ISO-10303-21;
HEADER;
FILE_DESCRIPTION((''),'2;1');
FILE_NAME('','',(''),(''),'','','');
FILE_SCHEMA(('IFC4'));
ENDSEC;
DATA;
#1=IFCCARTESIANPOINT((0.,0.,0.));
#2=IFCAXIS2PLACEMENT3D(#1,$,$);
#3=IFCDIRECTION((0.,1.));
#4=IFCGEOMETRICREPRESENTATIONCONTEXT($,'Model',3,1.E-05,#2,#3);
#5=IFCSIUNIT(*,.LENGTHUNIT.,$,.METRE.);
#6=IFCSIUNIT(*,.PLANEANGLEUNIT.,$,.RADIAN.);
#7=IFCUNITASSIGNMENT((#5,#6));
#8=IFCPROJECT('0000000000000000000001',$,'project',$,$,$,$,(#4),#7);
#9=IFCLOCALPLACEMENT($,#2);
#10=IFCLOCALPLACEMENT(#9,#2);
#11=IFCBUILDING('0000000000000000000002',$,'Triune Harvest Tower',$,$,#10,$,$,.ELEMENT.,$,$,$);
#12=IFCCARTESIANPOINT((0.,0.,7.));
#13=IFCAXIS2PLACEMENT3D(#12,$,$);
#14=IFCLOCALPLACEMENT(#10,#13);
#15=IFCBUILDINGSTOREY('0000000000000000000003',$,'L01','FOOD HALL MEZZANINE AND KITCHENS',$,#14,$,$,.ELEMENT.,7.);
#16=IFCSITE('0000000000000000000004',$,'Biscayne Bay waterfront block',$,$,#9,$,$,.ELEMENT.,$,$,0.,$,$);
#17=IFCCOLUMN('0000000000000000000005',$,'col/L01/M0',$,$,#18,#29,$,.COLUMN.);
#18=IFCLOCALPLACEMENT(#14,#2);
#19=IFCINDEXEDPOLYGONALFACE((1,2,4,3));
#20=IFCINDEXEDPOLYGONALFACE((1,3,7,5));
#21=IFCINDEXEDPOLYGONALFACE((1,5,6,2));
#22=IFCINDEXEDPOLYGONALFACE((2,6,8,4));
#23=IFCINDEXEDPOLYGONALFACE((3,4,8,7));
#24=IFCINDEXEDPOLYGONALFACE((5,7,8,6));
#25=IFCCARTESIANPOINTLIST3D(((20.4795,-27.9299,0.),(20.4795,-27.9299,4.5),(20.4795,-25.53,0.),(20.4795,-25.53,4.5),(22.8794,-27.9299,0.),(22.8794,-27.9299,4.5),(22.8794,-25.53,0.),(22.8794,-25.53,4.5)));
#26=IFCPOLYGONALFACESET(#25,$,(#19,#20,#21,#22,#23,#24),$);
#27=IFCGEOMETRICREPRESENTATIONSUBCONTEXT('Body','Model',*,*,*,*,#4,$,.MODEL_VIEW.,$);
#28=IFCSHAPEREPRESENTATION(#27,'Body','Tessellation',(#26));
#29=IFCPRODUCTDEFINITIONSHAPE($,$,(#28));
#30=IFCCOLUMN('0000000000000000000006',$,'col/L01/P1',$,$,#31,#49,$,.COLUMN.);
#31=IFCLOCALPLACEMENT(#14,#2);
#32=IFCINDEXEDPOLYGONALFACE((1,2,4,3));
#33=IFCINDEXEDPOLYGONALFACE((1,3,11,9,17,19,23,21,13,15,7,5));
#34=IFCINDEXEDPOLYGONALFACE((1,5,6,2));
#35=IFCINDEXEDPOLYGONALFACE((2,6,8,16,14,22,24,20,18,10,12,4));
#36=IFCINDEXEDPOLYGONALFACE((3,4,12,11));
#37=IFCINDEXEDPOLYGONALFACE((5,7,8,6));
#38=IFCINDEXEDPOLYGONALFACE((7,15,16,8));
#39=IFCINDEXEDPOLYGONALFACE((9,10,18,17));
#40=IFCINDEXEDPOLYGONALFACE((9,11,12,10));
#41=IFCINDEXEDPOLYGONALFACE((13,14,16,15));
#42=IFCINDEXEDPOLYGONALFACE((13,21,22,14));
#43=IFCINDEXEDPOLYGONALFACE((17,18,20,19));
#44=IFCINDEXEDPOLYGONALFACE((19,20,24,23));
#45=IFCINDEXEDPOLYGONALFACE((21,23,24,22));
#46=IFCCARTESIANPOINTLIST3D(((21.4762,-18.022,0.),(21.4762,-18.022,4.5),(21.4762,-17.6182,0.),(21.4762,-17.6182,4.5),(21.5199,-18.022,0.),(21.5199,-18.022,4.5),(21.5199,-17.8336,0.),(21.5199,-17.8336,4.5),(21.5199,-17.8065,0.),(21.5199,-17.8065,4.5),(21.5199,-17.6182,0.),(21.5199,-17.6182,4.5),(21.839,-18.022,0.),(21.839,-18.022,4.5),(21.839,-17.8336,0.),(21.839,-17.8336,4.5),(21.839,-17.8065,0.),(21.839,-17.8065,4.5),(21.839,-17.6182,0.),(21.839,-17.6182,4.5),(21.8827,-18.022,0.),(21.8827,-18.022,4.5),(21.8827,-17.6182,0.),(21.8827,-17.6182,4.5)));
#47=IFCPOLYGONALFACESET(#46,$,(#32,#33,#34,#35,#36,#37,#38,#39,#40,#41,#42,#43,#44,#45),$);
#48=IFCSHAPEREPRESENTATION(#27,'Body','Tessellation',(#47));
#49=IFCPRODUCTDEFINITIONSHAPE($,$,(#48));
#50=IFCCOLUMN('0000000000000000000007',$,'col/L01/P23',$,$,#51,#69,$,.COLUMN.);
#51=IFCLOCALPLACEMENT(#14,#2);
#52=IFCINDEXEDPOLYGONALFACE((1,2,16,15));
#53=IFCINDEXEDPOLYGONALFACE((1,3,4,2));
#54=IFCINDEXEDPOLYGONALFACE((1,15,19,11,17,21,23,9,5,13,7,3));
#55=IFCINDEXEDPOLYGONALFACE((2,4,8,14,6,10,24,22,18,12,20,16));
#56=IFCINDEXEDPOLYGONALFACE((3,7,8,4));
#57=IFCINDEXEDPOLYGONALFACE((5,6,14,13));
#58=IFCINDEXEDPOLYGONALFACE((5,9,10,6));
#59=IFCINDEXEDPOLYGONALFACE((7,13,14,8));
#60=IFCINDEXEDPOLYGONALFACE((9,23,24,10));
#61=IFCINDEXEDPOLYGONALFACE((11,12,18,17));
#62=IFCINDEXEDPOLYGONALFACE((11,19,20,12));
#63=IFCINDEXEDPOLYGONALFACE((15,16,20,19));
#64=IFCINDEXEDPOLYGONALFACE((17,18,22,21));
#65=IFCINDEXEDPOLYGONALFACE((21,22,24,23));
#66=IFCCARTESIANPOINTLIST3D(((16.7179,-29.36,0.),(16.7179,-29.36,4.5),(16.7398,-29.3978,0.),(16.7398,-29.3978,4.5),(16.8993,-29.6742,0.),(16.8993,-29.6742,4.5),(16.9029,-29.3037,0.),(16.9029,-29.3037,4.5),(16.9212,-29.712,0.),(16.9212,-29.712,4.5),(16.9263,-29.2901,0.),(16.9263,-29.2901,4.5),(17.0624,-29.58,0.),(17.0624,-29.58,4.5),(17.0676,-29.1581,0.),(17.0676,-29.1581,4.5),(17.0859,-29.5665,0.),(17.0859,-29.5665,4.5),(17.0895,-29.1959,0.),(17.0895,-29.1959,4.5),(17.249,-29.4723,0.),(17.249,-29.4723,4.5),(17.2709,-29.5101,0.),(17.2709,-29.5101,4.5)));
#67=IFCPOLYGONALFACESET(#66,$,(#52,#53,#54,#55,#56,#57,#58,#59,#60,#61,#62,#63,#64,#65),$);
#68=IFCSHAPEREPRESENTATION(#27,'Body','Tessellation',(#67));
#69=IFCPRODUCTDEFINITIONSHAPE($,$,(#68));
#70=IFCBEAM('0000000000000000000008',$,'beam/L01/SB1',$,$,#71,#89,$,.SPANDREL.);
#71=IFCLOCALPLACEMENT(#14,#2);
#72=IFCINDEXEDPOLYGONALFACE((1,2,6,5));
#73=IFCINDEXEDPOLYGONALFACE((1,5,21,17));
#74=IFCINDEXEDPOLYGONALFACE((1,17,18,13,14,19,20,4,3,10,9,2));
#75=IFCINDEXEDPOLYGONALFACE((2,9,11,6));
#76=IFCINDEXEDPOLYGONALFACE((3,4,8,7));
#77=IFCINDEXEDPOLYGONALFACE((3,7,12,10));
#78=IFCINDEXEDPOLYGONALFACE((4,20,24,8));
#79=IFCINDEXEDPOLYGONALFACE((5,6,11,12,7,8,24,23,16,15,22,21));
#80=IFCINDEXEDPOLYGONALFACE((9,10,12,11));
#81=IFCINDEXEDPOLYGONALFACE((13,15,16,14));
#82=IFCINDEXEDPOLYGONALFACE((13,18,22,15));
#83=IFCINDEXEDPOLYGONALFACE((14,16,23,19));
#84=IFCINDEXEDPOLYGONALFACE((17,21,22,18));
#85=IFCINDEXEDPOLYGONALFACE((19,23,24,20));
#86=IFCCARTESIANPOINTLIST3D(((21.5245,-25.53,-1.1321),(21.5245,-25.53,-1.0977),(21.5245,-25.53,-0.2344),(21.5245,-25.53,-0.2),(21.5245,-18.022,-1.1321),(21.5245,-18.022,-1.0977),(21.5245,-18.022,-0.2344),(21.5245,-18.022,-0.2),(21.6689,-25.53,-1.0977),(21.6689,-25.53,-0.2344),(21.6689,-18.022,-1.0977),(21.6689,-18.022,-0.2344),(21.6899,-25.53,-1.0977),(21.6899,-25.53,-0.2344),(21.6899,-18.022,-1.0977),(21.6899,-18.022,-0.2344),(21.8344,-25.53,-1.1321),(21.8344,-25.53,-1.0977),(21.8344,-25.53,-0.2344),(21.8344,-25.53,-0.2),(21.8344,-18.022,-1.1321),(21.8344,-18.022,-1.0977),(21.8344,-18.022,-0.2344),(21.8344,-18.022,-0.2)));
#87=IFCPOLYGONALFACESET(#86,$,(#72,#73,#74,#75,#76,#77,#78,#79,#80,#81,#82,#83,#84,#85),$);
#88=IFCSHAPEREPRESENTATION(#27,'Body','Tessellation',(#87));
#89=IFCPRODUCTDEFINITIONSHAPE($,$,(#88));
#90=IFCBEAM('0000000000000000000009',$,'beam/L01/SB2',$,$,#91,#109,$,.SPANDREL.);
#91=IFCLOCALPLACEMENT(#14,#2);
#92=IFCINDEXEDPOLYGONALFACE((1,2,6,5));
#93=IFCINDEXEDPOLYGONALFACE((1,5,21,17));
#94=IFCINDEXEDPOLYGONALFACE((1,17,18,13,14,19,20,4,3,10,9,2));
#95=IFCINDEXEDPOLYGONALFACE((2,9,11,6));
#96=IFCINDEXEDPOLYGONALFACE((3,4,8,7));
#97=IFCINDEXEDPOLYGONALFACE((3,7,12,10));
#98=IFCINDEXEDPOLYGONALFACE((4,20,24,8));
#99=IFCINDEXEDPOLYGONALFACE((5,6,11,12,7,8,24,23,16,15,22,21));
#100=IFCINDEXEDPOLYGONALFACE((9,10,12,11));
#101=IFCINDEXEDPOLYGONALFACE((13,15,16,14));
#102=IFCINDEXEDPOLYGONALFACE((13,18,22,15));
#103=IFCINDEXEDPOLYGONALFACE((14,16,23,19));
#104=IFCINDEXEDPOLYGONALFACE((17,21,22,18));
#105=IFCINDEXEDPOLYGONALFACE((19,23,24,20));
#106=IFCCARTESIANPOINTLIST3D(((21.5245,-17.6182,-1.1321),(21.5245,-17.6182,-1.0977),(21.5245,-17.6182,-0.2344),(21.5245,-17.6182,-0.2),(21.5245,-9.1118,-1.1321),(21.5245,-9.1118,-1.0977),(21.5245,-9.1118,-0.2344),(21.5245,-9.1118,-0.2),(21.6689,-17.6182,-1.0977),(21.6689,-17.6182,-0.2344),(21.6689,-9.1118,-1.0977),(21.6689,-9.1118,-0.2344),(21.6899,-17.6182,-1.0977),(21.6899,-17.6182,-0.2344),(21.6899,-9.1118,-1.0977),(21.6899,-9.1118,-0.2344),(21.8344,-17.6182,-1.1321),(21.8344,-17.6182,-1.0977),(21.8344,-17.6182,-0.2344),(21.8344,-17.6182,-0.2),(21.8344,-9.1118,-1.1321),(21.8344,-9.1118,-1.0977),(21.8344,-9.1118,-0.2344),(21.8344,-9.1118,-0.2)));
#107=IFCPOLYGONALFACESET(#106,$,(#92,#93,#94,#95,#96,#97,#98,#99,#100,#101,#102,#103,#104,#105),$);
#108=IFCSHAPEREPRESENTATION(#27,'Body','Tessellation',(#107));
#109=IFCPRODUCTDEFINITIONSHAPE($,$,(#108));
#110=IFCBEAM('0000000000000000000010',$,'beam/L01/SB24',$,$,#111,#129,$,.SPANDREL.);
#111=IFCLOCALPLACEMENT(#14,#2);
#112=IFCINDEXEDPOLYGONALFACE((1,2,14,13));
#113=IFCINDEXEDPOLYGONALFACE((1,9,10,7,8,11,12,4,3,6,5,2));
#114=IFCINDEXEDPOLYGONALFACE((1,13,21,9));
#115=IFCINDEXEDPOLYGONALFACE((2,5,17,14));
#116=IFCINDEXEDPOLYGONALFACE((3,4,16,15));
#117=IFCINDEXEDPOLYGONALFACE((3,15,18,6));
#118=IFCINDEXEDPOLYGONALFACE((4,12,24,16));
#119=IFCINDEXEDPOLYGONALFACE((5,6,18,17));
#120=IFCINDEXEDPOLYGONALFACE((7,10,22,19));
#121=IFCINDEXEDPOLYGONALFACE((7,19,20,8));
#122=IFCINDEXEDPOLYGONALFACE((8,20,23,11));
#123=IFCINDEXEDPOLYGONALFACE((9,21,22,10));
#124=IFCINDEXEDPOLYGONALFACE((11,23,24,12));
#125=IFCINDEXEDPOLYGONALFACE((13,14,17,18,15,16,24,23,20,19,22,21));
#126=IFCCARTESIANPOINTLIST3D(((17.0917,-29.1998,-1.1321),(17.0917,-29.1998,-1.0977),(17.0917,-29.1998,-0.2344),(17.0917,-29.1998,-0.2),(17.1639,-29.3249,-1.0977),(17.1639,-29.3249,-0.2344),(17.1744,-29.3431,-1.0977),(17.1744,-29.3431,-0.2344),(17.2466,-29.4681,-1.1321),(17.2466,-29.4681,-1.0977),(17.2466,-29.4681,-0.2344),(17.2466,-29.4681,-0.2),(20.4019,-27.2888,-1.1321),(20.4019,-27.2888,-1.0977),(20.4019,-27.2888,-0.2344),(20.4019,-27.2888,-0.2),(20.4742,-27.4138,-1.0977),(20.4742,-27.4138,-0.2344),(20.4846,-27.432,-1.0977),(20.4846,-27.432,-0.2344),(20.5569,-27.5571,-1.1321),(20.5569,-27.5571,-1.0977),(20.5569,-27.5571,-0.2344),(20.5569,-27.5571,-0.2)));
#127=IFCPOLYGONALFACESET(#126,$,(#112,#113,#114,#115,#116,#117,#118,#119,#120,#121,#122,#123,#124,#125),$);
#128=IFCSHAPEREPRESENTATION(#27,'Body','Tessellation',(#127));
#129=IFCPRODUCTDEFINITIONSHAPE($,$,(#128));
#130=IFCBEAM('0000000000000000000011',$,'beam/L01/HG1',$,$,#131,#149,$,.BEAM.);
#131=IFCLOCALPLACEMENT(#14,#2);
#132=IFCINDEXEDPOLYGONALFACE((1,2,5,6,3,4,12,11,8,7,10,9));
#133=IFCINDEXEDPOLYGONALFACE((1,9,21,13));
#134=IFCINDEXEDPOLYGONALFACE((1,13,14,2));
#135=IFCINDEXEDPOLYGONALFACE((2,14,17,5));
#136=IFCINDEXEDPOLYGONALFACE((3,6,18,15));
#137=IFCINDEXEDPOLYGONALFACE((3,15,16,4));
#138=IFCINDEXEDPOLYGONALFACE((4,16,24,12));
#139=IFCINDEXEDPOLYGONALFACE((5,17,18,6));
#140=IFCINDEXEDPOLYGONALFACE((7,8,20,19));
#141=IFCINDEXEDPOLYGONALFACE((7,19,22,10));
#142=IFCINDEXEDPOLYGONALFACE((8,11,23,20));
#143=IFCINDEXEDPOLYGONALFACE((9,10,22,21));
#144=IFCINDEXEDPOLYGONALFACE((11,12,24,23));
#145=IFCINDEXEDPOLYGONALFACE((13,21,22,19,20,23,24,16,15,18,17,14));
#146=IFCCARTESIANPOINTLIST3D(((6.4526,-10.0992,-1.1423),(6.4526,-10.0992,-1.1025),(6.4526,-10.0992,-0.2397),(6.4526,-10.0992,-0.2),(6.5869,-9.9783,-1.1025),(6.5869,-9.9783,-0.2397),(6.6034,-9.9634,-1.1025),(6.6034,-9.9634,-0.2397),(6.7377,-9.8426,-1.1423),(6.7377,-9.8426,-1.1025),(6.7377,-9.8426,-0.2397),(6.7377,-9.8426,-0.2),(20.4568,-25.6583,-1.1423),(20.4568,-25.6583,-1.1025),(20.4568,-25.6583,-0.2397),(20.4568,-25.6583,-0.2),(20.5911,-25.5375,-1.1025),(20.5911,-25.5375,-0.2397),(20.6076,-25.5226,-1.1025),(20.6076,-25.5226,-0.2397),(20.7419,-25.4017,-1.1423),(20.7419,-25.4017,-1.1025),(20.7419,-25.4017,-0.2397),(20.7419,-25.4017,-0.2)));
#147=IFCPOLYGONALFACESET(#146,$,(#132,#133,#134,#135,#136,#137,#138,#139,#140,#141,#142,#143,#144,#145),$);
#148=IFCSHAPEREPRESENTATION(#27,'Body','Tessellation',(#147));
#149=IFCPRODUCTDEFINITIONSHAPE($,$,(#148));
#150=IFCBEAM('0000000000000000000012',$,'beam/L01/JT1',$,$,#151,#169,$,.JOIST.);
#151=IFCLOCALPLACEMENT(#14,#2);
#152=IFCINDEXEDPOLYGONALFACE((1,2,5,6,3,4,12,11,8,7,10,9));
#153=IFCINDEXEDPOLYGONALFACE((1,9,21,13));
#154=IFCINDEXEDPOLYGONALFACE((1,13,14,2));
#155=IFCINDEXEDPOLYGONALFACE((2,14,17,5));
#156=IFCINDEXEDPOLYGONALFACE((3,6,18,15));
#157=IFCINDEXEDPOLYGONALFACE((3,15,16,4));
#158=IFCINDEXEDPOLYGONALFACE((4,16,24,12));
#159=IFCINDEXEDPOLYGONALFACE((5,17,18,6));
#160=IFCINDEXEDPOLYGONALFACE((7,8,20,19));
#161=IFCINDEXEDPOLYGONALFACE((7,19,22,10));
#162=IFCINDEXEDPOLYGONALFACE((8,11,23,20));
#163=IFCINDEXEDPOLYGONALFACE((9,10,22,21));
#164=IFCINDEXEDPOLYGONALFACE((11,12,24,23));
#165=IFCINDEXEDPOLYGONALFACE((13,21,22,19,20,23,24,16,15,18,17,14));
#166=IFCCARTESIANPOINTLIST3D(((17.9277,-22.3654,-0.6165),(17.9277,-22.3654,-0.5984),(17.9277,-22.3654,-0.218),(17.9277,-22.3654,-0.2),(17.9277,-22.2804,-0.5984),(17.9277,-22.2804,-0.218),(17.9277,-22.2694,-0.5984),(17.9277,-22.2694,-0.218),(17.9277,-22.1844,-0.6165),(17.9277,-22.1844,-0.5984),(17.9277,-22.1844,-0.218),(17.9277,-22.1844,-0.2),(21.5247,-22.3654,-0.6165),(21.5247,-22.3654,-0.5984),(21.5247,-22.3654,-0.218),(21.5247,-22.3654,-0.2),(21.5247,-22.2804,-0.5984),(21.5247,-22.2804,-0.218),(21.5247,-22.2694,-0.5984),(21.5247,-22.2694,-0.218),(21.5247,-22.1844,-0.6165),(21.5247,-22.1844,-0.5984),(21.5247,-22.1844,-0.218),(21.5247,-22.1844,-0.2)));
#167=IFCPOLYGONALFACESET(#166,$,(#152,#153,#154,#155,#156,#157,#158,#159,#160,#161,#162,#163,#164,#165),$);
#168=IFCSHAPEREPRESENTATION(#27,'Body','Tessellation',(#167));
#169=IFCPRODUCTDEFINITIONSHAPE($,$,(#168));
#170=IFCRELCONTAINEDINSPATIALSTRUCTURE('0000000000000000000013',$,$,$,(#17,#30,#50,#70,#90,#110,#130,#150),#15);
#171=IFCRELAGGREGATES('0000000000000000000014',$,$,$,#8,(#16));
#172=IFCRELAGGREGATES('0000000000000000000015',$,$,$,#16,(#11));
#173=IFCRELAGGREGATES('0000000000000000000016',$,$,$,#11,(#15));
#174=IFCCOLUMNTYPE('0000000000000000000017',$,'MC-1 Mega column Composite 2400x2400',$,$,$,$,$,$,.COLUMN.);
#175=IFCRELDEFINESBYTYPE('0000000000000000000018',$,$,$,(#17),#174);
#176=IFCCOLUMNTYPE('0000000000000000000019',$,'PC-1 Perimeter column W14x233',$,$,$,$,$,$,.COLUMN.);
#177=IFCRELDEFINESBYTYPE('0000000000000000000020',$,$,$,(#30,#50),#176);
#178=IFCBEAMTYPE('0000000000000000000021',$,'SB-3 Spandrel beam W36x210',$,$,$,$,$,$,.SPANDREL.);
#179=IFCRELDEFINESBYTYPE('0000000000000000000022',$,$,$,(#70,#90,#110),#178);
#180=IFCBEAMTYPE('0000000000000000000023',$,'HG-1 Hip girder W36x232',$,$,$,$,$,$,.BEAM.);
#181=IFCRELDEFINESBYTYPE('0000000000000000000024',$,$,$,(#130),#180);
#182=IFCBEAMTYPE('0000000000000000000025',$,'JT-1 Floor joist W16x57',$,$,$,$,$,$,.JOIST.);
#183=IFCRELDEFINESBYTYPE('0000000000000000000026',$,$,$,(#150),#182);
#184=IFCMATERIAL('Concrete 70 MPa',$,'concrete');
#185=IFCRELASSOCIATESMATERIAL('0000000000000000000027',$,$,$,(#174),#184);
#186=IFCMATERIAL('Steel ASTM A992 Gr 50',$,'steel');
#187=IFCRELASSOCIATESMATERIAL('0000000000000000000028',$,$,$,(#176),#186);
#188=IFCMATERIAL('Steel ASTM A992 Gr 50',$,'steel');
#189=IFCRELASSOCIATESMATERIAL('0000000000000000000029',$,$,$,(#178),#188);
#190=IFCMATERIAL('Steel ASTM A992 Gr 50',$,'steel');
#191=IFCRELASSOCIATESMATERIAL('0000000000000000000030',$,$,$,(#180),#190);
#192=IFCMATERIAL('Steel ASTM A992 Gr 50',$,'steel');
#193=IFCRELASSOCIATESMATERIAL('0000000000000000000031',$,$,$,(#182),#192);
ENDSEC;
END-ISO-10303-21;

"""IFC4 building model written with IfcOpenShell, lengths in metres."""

from ifc_helpers import new_model, si_unit, direction, frame, origin, origin_2d, place, context, subcontext, project, spatial, rectangle, i_section, extrude, source, transform, mapped, material, material_profile, profile_set, type_object, element, save


model = new_model("IFC4")

# Units and contexts
model_context = context("Model", 3, precision=1e-05, world=origin(), true_north=direction((0.0, 1.0)))
body_context = subcontext(model_context, "Body", "Model", "MODEL_VIEW")
ifc_project = project(units=[si_unit("LENGTHUNIT", "METRE"), si_unit("PLANEANGLEUNIT", "RADIAN")], contexts=[model_context])

# Site, building, storey
site_placement = place(None, origin())
site = spatial("IfcSite", under=ifc_project, at=site_placement, Name="Biscayne Bay waterfront block", CompositionType="ELEMENT", RefElevation=0.0)
building_placement = place(site_placement, origin())
building = spatial("IfcBuilding", under=site, at=building_placement, Name="Triune Harvest Tower", CompositionType="ELEMENT")
storey_placement = place(building_placement, frame((0.0, 0.0, 7.0)))
storey = spatial("IfcBuildingStorey", under=building, at=storey_placement, Name="L01", Description="FOOD HALL MEZZANINE AND KITCHENS", CompositionType="ELEMENT", Elevation=7.0)

# Columns
ifc_material_1 = material(Name="Concrete 70 MPa", Category="concrete")
ifc_material_profile_1 = material_profile(ifc_material_1, rectangle(XDim=2.3999, YDim=2.3999, at=origin_2d()), Name="Composite 2400x2400")
ifc_profile_set_1 = profile_set([ifc_material_profile_1], Name="Concrete 70 MPa")
column_type_1 = type_object("IfcColumnType", Name="MC-1 Mega column Composite 2400x2400", PredefinedType="COLUMN", material=ifc_profile_set_1)
shared_shape_1 = source(origin(), body_context, "Body", "SweptSolid", [
    extrude(rectangle(XDim=2.3999, YDim=2.3999, at=origin_2d()), origin(), (0.0, 0.0, 1.0), 4.5),
])
column_placement = place(storey_placement, frame((21.6794, -26.73, 0.0), z_axis=(0.0, 0.0, 1.0), x_axis=(0.0, 1.0, 0.0)))
element("IfcColumn", 1, at=column_placement, inside=storey, type_object=column_type_1, Name="col/L01/M0", PredefinedType="COLUMN", context=body_context, shape_type="MappedRepresentation", body=[
    mapped(shared_shape_1, transform((0.0, 0.0, 0.0), scale=1.0)),
])
ifc_material_2 = material(Name="Steel ASTM A992 Gr 50", Category="steel")
ifc_material_profile_2 = material_profile(ifc_material_2, i_section(OverallWidth=0.4038, OverallDepth=0.4065, WebThickness=0.0271, FlangeThickness=0.0437, at=origin_2d()), Name="W14x233")
ifc_profile_set_2 = profile_set([ifc_material_profile_2], Name="Steel ASTM A992 Gr 50")
column_type_2 = type_object("IfcColumnType", Name="PC-1 Perimeter column W14x233", PredefinedType="COLUMN", material=ifc_profile_set_2)
shared_shape_2 = source(origin(), body_context, "Body", "SweptSolid", [
    extrude(i_section(OverallWidth=0.4038, OverallDepth=0.4065, WebThickness=0.0271, FlangeThickness=0.0437, at=origin_2d()), origin(), (0.0, 0.0, 1.0), 4.5),
])
for number, where, z_axis, x_axis, name in (
    (2, (21.6794, -17.8201, 0.0), (0.0, 0.0, 1.0), (0.0, 1.0, 0.0), "col/L01/P1"),
    (3, (16.9944, -29.4351, 0.0), (0.0, 0.0, 1.0), (0.866026, 0.499998, 0.0), "col/L01/P23"),
):
    element("IfcColumn", number, at=place(storey_placement, frame(where, z_axis=z_axis, x_axis=x_axis)), inside=storey, type_object=column_type_2, Name=name, PredefinedType="COLUMN", context=body_context, shape_type="MappedRepresentation", body=[
        mapped(shared_shape_2, transform((0.0, 0.0, 0.0), scale=1.0)),
    ])

# Beams
ifc_material_3 = material(Name="Steel ASTM A992 Gr 50", Category="steel")
ifc_material_profile_3 = material_profile(ifc_material_3, i_section(OverallWidth=0.3098, OverallDepth=0.9321, WebThickness=0.021, FlangeThickness=0.0344, at=origin_2d()), Name="W36x210")
ifc_profile_set_3 = profile_set([ifc_material_profile_3], Name="Steel ASTM A992 Gr 50")
beam_type_1 = type_object("IfcBeamType", Name="SB-3 Spandrel beam W36x210", PredefinedType="SPANDREL", material=ifc_profile_set_3)
shared_shape_3 = source(origin(), body_context, "Body", "SweptSolid", [
    extrude(i_section(OverallWidth=0.3098, OverallDepth=0.9321, WebThickness=0.021, FlangeThickness=0.0344, at=origin_2d()), origin(), (0.0, 0.0, 1.0), 7.5081),
])
beam_1_placement = place(storey_placement, frame((21.6794, -25.53, -0.666), z_axis=(0.0, 1.0, 0.0), x_axis=(-1.0, 0.0, 0.0)))
element("IfcBeam", 4, at=beam_1_placement, inside=storey, type_object=beam_type_1, Name="beam/L01/SB1", PredefinedType="SPANDREL", context=body_context, shape_type="MappedRepresentation", body=[
    mapped(shared_shape_3, transform((0.0, 0.0, 0.0), scale=1.0)),
])
shared_shape_4 = source(origin(), body_context, "Body", "SweptSolid", [
    extrude(i_section(OverallWidth=0.3098, OverallDepth=0.9321, WebThickness=0.021, FlangeThickness=0.0344, at=origin_2d()), origin(), (0.0, 0.0, 1.0), 8.5063),
])
beam_2_placement = place(storey_placement, frame((21.6794, -17.6182, -0.666), z_axis=(0.0, 1.0, 0.0), x_axis=(-1.0, 0.0, 0.0)))
element("IfcBeam", 5, at=beam_2_placement, inside=storey, type_object=beam_type_1, Name="beam/L01/SB2", PredefinedType="SPANDREL", context=body_context, shape_type="MappedRepresentation", body=[
    mapped(shared_shape_4, transform((0.0, 0.0, 0.0), scale=1.0)),
])
shared_shape_5 = source(origin(), body_context, "Body", "SweptSolid", [
    extrude(i_section(OverallWidth=0.3098, OverallDepth=0.9321, WebThickness=0.021, FlangeThickness=0.0344, at=origin_2d()), origin(), (0.0, 0.0, 1.0), 3.8223),
])
beam_3_placement = place(storey_placement, frame((17.1692, -29.334, -0.666), z_axis=(0.866033, 0.499986, 0.0), x_axis=(-0.499986, 0.866033, 0.0)))
element("IfcBeam", 6, at=beam_3_placement, inside=storey, type_object=beam_type_1, Name="beam/L01/SB24", PredefinedType="SPANDREL", context=body_context, shape_type="MappedRepresentation", body=[
    mapped(shared_shape_5, transform((0.0, 0.0, 0.0), scale=1.0)),
])
ifc_material_4 = material(Name="Steel ASTM A992 Gr 50", Category="steel")
ifc_material_profile_4 = material_profile(ifc_material_4, i_section(OverallWidth=0.3835, OverallDepth=0.9424, WebThickness=0.0222, FlangeThickness=0.0398, at=origin_2d()), Name="W36x232")
ifc_profile_set_4 = profile_set([ifc_material_profile_4], Name="Steel ASTM A992 Gr 50")
beam_type_2 = type_object("IfcBeamType", Name="HG-1 Hip girder W36x232", PredefinedType="BEAM", material=ifc_profile_set_4)
shared_shape_6 = source(origin(), body_context, "Body", "SweptSolid", [
    extrude(i_section(OverallWidth=0.3835, OverallDepth=0.9424, WebThickness=0.0222, FlangeThickness=0.0398, at=origin_2d()), origin(), (0.0, 0.0, 1.0), 20.9333),
])
beam_4_placement = place(storey_placement, frame((20.5994, -25.53, -0.6711), z_axis=(-0.668991, 0.743271, 0.0), x_axis=(-0.743271, -0.668991, 0.0)))
element("IfcBeam", 7, at=beam_4_placement, inside=storey, type_object=beam_type_2, Name="beam/L01/HG1", PredefinedType="BEAM", context=body_context, shape_type="MappedRepresentation", body=[
    mapped(shared_shape_6, transform((0.0, 0.0, 0.0), scale=1.0)),
])
ifc_material_5 = material(Name="Steel ASTM A992 Gr 50", Category="steel")
ifc_material_profile_5 = material_profile(ifc_material_5, i_section(OverallWidth=0.1809, OverallDepth=0.4165, WebThickness=0.011, FlangeThickness=0.0181, at=origin_2d()), Name="W16x57")
ifc_profile_set_5 = profile_set([ifc_material_profile_5], Name="Steel ASTM A992 Gr 50")
beam_type_3 = type_object("IfcBeamType", Name="JT-1 Floor joist W16x57", PredefinedType="JOIST", material=ifc_profile_set_5)
shared_shape_7 = source(origin(), body_context, "Body", "SweptSolid", [
    extrude(i_section(OverallWidth=0.1809, OverallDepth=0.4165, WebThickness=0.011, FlangeThickness=0.0181, at=origin_2d()), origin(), (0.0, 0.0, 1.0), 3.5969),
])
beam_5_placement = place(storey_placement, frame((21.5247, -22.2749, -0.4082), z_axis=(-1.0, 0.0, 0.0), x_axis=(0.0, -1.0, 0.0)))
element("IfcBeam", 8, at=beam_5_placement, inside=storey, type_object=beam_type_3, Name="beam/L01/JT1", PredefinedType="JOIST", context=body_context, shape_type="MappedRepresentation", body=[
    mapped(shared_shape_7, transform((0.0, 0.0, 0.0), scale=1.0)),
])

save(model, "model.ifc")
